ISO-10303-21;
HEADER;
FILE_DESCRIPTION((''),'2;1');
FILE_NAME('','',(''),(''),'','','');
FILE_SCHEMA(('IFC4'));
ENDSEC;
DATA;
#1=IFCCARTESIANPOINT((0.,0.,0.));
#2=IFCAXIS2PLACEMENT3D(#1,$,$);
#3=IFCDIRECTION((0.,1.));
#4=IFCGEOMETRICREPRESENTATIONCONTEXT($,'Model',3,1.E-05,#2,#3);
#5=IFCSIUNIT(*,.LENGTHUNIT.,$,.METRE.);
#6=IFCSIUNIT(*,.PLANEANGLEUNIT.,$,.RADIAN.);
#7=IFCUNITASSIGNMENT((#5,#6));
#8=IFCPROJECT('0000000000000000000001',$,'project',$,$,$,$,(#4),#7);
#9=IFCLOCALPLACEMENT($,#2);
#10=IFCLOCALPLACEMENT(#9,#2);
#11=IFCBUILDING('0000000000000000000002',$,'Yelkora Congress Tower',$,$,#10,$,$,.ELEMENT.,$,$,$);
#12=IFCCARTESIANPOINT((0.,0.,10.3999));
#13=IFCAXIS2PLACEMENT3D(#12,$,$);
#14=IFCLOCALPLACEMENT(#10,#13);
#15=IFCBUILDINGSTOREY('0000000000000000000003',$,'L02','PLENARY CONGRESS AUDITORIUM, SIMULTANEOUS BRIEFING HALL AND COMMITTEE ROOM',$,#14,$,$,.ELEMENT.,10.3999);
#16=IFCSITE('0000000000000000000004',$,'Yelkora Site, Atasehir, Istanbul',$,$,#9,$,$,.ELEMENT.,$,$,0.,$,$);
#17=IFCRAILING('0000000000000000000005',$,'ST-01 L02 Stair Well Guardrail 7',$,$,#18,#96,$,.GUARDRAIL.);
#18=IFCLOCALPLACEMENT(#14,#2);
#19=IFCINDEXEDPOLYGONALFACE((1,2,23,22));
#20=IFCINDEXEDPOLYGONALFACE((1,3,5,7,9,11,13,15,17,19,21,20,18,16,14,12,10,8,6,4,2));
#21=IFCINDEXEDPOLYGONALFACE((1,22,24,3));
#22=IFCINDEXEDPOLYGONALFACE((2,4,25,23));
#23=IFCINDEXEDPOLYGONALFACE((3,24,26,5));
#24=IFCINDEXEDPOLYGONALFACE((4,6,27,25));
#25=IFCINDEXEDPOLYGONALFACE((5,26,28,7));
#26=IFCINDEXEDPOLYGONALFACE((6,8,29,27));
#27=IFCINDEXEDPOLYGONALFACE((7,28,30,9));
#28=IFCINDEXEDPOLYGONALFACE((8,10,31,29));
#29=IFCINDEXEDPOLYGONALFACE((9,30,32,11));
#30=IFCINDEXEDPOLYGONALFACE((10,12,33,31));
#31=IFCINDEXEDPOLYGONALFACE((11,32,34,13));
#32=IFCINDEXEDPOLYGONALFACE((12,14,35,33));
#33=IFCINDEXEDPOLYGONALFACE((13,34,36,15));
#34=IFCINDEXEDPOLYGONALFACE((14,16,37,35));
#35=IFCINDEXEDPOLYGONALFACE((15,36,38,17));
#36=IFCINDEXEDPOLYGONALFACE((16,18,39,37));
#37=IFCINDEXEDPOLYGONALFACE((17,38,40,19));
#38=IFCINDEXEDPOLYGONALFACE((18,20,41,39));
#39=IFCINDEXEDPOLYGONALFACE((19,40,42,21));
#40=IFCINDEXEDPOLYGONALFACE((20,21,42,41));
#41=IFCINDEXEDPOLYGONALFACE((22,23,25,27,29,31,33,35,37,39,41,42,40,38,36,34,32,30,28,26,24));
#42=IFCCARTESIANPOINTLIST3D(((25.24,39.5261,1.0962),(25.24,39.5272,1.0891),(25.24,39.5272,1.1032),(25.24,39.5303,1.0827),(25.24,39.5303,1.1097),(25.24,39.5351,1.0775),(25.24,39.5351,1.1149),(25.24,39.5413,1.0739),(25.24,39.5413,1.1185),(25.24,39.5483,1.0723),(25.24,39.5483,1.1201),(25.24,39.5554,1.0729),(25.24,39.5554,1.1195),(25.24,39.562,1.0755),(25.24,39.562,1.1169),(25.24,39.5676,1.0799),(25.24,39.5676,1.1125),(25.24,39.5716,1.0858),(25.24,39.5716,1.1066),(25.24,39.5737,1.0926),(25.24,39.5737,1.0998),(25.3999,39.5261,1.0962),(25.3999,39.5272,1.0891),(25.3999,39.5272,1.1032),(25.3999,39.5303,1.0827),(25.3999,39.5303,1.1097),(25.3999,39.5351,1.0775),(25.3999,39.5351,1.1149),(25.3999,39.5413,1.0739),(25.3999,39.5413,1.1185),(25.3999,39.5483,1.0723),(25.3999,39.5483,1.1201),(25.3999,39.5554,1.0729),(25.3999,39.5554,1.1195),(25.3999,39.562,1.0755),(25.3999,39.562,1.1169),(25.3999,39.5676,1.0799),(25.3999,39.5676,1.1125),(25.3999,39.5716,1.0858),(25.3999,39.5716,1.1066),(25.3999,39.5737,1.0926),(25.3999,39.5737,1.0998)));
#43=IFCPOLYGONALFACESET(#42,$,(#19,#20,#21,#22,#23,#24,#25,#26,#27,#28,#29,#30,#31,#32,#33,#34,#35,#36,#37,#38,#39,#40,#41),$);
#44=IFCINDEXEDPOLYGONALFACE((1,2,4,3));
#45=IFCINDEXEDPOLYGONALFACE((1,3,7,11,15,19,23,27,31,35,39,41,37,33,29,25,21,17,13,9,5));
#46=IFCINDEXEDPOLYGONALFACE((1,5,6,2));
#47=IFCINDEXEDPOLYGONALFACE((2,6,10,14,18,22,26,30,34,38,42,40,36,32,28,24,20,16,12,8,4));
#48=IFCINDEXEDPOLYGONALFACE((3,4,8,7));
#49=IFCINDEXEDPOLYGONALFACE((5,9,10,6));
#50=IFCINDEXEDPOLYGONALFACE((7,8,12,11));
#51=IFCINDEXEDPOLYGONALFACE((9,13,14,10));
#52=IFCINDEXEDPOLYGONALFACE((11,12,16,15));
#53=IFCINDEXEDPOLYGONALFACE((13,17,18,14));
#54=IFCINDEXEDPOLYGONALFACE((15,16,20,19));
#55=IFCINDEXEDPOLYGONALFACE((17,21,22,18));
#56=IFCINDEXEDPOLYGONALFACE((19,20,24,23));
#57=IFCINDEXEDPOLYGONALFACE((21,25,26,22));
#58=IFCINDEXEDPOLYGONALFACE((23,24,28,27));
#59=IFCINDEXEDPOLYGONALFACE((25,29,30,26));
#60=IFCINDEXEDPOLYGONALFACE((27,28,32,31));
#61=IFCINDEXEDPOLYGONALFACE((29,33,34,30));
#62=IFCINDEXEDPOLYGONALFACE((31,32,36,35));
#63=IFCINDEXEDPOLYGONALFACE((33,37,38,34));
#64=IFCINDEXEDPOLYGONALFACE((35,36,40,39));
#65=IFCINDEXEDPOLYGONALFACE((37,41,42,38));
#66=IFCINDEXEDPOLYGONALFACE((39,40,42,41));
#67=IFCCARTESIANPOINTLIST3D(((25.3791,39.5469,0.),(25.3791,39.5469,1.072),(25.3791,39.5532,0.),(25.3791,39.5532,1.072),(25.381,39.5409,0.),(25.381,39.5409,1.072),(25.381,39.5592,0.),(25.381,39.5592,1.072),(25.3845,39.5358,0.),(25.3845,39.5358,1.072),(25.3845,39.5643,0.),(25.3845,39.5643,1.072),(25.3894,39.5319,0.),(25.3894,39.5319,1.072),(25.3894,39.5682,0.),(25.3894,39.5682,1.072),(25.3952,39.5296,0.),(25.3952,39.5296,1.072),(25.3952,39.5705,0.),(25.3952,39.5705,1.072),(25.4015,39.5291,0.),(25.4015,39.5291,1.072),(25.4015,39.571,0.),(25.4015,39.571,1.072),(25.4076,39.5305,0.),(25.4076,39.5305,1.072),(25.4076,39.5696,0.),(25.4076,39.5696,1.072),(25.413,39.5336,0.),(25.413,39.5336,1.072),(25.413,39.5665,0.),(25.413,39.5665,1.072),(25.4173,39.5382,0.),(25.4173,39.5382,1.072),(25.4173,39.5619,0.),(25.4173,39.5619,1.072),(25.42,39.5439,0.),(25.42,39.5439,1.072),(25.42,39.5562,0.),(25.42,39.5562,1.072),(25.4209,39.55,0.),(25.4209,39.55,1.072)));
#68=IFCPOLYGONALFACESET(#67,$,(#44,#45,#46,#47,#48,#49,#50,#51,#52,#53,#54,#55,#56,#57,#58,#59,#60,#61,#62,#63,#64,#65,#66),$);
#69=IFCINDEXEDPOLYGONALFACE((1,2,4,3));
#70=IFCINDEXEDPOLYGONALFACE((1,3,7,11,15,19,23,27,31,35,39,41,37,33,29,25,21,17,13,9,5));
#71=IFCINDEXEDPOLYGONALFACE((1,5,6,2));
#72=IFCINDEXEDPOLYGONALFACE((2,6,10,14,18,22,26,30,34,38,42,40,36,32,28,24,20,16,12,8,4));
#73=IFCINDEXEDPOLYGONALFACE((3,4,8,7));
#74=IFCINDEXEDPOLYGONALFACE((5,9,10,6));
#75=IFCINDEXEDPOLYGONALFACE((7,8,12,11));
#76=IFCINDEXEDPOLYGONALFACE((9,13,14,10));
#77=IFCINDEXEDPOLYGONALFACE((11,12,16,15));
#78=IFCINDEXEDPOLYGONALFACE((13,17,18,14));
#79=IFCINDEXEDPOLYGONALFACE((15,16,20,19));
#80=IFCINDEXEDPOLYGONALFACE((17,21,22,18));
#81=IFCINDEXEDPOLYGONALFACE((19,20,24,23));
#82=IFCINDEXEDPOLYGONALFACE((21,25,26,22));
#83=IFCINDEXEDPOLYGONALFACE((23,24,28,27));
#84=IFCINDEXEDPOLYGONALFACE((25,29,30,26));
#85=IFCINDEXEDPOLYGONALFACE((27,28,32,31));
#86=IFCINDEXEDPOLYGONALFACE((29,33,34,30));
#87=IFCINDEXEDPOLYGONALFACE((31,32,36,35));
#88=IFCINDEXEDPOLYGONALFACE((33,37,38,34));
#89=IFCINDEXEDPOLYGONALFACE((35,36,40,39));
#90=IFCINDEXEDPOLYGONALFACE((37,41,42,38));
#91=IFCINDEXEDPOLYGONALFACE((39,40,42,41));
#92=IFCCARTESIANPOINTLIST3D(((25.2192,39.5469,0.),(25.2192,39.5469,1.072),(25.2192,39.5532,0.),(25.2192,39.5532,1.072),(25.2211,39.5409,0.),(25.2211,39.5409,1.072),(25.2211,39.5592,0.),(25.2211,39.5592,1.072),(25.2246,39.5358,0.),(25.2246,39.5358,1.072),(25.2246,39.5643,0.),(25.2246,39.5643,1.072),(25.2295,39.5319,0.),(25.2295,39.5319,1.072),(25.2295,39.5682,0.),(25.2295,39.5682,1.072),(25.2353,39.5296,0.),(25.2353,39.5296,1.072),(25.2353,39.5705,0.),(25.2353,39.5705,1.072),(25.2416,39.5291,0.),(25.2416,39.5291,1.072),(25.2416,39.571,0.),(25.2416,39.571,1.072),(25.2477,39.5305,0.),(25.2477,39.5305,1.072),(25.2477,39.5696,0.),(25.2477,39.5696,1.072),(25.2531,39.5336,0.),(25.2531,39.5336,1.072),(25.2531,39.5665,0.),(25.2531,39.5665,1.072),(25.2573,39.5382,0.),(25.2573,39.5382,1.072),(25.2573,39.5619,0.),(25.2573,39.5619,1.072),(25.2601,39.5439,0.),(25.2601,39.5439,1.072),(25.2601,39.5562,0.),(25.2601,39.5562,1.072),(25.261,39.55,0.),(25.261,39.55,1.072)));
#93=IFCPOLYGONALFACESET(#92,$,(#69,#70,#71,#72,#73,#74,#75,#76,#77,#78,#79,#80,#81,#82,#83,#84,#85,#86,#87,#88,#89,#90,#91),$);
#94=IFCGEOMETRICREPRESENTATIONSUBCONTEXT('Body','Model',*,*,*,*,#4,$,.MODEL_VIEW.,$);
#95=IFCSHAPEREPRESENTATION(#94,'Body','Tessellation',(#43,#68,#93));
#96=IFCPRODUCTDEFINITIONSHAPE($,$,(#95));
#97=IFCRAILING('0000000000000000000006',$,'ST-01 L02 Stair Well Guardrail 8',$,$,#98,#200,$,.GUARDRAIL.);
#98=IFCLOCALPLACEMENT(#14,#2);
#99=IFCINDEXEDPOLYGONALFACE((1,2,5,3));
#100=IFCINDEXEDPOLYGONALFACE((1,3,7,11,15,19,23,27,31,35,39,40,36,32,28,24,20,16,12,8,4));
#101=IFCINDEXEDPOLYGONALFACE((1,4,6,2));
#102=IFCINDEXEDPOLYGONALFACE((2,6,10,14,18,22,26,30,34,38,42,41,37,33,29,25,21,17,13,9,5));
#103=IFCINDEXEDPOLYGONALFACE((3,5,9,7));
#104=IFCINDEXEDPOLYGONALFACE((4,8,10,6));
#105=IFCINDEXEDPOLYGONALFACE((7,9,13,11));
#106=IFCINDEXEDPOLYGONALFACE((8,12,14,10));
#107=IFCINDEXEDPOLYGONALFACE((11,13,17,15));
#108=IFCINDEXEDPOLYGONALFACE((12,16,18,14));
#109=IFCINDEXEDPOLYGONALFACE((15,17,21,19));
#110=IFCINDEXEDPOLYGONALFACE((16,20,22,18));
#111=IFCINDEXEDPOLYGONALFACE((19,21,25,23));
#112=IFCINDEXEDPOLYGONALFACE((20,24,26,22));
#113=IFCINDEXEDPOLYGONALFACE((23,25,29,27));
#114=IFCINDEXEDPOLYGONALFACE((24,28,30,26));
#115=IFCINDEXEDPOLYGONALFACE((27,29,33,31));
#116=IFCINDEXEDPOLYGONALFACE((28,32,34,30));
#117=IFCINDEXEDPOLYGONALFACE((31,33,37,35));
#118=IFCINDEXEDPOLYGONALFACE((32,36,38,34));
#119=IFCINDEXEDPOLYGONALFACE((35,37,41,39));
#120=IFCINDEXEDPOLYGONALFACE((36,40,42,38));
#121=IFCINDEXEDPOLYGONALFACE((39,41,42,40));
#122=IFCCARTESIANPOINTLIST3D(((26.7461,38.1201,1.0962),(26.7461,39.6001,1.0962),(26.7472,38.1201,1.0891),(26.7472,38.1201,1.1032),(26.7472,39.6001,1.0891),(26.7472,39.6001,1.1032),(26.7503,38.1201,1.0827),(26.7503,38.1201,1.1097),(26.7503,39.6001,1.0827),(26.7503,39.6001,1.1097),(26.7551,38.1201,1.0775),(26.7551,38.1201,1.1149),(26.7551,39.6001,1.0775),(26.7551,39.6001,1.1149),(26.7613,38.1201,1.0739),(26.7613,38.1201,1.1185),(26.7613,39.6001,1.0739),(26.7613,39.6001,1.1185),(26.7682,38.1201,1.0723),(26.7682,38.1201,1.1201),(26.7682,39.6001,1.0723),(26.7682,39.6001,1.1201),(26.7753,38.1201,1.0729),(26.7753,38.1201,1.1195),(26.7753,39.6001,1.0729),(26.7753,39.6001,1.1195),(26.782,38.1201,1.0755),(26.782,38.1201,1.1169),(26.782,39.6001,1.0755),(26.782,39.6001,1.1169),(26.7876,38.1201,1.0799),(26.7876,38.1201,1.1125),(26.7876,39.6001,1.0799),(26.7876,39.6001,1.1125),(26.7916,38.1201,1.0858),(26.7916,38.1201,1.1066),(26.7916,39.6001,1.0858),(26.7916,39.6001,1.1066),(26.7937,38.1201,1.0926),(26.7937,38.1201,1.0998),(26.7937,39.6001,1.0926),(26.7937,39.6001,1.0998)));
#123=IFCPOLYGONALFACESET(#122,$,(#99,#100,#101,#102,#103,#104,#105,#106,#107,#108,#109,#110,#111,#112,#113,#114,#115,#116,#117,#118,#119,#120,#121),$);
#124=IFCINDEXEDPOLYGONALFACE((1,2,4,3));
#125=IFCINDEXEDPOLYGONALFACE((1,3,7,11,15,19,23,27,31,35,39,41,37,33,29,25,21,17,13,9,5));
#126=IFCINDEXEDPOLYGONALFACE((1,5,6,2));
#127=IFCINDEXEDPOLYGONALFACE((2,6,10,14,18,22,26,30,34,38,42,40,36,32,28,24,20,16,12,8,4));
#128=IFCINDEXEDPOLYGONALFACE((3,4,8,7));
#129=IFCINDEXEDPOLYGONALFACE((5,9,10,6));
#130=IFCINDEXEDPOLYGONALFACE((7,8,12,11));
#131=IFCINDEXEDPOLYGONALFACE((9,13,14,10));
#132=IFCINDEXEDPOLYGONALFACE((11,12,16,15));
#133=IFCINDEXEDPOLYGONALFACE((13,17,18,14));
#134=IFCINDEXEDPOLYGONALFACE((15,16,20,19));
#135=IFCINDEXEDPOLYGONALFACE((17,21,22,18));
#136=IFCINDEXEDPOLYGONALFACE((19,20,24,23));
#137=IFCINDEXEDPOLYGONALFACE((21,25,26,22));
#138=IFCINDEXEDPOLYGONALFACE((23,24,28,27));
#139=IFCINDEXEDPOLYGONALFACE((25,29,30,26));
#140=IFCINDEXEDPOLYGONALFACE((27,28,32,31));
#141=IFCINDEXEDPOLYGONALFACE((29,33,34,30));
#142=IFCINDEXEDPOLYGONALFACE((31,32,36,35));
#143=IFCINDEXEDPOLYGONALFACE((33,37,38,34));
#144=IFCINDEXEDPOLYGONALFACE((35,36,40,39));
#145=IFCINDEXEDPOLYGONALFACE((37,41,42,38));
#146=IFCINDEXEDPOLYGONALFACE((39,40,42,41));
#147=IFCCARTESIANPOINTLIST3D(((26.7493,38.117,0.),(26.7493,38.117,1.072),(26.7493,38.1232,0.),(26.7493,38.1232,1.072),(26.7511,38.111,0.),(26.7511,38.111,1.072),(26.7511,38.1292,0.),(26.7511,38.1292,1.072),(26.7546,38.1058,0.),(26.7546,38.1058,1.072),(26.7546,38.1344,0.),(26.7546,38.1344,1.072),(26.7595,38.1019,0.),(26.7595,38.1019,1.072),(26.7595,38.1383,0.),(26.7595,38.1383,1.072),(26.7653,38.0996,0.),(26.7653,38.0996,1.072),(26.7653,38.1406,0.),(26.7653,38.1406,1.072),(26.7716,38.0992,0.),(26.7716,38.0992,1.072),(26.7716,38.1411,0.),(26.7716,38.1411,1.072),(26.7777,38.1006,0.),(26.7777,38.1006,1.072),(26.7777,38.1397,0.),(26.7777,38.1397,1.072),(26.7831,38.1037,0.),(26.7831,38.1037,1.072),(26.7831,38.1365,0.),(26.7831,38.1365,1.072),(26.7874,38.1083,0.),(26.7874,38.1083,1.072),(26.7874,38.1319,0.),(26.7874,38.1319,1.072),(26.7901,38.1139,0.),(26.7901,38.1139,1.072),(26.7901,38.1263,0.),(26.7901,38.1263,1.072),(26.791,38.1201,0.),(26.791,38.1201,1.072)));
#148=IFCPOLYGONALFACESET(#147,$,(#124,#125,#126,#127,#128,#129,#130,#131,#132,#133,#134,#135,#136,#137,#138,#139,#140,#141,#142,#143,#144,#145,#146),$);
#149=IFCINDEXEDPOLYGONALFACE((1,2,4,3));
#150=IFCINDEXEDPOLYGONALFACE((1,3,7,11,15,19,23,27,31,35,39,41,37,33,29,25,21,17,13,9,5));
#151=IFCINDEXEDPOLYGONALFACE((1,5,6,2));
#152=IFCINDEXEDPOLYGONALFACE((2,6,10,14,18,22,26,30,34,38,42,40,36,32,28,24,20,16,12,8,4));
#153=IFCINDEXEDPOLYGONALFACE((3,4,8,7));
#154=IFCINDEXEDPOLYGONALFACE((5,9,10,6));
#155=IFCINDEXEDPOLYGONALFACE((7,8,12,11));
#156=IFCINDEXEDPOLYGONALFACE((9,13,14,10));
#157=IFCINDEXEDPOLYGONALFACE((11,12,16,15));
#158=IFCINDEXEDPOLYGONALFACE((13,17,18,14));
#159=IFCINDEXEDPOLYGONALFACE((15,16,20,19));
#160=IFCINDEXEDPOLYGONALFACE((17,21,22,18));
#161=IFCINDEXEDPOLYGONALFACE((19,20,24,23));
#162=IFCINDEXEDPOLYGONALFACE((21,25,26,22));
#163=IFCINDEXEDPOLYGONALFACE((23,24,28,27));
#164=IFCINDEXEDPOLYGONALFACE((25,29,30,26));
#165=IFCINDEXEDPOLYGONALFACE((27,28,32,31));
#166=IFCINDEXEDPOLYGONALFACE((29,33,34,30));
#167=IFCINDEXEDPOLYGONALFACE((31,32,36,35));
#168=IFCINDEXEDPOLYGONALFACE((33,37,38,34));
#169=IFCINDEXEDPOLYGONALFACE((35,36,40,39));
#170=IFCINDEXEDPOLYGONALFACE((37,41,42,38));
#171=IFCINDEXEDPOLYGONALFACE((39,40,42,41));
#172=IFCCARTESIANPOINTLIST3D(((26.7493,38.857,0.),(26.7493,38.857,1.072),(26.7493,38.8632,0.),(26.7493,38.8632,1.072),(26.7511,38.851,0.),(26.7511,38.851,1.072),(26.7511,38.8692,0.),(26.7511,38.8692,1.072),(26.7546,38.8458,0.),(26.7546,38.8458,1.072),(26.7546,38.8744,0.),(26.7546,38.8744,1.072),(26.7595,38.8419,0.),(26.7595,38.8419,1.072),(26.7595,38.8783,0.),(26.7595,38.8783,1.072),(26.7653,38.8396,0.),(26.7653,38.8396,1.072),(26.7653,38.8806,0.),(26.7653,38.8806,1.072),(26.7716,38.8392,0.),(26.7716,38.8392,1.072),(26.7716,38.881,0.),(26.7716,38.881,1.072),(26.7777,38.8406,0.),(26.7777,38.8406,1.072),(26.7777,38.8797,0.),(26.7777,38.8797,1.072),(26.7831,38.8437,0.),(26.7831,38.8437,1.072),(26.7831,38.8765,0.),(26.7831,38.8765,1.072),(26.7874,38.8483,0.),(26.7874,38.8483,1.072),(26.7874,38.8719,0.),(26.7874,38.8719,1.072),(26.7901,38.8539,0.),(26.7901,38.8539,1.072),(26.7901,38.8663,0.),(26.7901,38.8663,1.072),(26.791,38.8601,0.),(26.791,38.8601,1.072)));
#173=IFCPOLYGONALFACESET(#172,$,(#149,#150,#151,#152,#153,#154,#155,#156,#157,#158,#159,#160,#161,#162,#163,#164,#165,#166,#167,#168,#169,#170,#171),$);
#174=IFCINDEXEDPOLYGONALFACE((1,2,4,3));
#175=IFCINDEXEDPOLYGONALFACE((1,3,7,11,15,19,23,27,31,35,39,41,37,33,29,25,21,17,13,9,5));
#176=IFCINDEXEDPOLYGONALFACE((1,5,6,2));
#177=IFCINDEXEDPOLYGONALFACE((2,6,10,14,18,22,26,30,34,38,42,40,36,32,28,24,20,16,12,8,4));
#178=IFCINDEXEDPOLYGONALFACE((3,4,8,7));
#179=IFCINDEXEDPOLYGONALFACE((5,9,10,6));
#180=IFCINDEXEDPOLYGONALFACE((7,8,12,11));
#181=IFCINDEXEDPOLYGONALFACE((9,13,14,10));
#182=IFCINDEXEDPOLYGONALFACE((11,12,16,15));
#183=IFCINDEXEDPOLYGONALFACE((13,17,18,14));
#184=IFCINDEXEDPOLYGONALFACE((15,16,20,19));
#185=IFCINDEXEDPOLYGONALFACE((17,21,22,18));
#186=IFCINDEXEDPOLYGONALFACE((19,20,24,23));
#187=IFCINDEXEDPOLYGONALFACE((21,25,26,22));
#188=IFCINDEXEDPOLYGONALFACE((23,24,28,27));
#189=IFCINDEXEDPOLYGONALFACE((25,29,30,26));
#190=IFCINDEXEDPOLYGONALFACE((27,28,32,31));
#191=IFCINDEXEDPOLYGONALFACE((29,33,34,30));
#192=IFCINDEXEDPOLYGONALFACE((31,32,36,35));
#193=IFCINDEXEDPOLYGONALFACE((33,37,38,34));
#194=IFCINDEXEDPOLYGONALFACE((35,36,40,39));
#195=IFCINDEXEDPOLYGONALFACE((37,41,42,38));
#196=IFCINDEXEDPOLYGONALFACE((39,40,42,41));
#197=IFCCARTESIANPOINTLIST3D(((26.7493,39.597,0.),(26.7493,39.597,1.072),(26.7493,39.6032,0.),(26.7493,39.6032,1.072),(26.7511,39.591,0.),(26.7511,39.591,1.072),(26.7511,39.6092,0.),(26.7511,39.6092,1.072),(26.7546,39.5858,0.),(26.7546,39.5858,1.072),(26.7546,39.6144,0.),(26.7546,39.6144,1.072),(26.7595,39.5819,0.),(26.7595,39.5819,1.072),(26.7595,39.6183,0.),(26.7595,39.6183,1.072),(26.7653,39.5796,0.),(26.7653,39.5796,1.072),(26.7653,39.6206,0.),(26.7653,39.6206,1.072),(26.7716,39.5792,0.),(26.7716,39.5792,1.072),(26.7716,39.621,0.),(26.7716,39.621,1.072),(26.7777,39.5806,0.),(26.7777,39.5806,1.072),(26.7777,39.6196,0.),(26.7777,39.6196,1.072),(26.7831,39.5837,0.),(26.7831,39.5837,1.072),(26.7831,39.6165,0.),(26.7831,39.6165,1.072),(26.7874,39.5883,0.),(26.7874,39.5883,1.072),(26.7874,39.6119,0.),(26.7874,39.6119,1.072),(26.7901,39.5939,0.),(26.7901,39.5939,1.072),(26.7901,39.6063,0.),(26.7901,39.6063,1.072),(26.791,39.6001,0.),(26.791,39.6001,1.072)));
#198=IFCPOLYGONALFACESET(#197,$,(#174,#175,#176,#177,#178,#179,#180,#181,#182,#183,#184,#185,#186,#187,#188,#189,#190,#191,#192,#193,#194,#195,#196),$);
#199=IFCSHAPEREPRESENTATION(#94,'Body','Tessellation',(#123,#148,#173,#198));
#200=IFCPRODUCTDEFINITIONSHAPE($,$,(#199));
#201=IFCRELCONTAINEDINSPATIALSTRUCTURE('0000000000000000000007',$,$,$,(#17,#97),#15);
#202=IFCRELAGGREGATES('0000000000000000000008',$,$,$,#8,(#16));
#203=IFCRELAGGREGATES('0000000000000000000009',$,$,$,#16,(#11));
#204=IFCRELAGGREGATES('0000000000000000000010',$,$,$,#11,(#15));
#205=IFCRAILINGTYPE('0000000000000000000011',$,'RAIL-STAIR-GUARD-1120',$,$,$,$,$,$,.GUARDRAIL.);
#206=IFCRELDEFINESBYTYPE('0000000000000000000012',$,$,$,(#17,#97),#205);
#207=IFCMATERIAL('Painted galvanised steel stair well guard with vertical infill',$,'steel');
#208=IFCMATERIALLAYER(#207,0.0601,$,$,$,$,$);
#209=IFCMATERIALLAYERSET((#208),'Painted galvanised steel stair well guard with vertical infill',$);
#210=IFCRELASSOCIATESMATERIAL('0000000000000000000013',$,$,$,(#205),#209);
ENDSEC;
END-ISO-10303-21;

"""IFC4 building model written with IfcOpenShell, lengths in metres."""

from ifc_helpers import new_model, si_unit, direction, frame, origin, origin_2d, place, context, subcontext, project, spatial, circle, extrude, material, layer, layer_set, type_object, element, save


model = new_model("IFC4")

# Units and contexts
model_context = context("Model", 3, precision=1e-05, world=origin(), true_north=direction((0.0, 1.0)))
body_context = subcontext(model_context, "Body", "Model", "MODEL_VIEW")
ifc_project = project(units=[si_unit("LENGTHUNIT", "METRE"), si_unit("PLANEANGLEUNIT", "RADIAN")], contexts=[model_context])

# Site, building, storey
site_placement = place(None, origin())
site = spatial("IfcSite", under=ifc_project, at=site_placement, Name="Yelkora Site, Atasehir, Istanbul", CompositionType="ELEMENT", RefElevation=0.0)
building_placement = place(site_placement, origin())
building = spatial("IfcBuilding", under=site, at=building_placement, Name="Yelkora Congress Tower", CompositionType="ELEMENT")
storey_placement = place(building_placement, frame((0.0, 0.0, 10.3999)))
storey = spatial("IfcBuildingStorey", under=building, at=storey_placement, Name="L02", Description="PLENARY CONGRESS AUDITORIUM, SIMULTANEOUS BRIEFING HALL AND COMMITTEE ROOM", CompositionType="ELEMENT", Elevation=10.3999)

# Railings
ifc_material_1 = material(Name="Painted galvanised steel stair well guard with vertical infill", Category="steel")
ifc_layer_1 = layer(ifc_material_1, 0.0601)
ifc_layer_set_1 = layer_set([ifc_layer_1], Name="Painted galvanised steel stair well guard with vertical infill")
railing_type = type_object("IfcRailingType", Name="RAIL-STAIR-GUARD-1120", PredefinedType="GUARDRAIL", material=ifc_layer_set_1)
railing_placement = place(storey_placement, frame((25.3999, 39.55, 0.0)))
element("IfcRailing", 1, at=railing_placement, inside=storey, type_object=railing_type, Name="ST-01 L02 Stair Well Guardrail 7", PredefinedType="GUARDRAIL", context=body_context, shape_type="SweptSolid", body=[
    extrude(circle(Radius=0.0239, at=origin_2d()), frame((0.0, 0.0, 1.0962), z_axis=(-1.0, 0.0, 0.0), x_axis=(0.0, -1.0, 0.0)), (0.0, 0.0, 1.0), 0.1599),
    extrude(circle(Radius=0.021, at=origin_2d()), origin(), (0.0, 0.0, 1.0), 1.072),
    extrude(circle(Radius=0.021, at=origin_2d()), frame((-0.1599, 0.0, 0.0)), (0.0, 0.0, 1.0), 1.072),
])
for number, where, name in (
    (2, (26.77, 38.1201, 0.0), "ST-01 L02 Stair Well Guardrail 8"),
):
    element("IfcRailing", number, at=place(storey_placement, frame(where)), inside=storey, type_object=railing_type, Name=name, PredefinedType="GUARDRAIL", context=body_context, shape_type="SweptSolid", body=[
        extrude(circle(Radius=0.0239, at=origin_2d()), frame((0.0, 0.0, 1.0962), z_axis=(0.0, 1.0, 0.0), x_axis=(-1.0, 0.0, 0.0)), (0.0, 0.0, 1.0), 1.48),
        extrude(circle(Radius=0.021, at=origin_2d()), origin(), (0.0, 0.0, 1.0), 1.072),
        extrude(circle(Radius=0.021, at=origin_2d()), frame((0.0, 0.74, 0.0)), (0.0, 0.0, 1.0), 1.072),
        extrude(circle(Radius=0.021, at=origin_2d()), frame((0.0, 1.48, 0.0)), (0.0, 0.0, 1.0), 1.072),
    ])

save(model, "model.ifc")
